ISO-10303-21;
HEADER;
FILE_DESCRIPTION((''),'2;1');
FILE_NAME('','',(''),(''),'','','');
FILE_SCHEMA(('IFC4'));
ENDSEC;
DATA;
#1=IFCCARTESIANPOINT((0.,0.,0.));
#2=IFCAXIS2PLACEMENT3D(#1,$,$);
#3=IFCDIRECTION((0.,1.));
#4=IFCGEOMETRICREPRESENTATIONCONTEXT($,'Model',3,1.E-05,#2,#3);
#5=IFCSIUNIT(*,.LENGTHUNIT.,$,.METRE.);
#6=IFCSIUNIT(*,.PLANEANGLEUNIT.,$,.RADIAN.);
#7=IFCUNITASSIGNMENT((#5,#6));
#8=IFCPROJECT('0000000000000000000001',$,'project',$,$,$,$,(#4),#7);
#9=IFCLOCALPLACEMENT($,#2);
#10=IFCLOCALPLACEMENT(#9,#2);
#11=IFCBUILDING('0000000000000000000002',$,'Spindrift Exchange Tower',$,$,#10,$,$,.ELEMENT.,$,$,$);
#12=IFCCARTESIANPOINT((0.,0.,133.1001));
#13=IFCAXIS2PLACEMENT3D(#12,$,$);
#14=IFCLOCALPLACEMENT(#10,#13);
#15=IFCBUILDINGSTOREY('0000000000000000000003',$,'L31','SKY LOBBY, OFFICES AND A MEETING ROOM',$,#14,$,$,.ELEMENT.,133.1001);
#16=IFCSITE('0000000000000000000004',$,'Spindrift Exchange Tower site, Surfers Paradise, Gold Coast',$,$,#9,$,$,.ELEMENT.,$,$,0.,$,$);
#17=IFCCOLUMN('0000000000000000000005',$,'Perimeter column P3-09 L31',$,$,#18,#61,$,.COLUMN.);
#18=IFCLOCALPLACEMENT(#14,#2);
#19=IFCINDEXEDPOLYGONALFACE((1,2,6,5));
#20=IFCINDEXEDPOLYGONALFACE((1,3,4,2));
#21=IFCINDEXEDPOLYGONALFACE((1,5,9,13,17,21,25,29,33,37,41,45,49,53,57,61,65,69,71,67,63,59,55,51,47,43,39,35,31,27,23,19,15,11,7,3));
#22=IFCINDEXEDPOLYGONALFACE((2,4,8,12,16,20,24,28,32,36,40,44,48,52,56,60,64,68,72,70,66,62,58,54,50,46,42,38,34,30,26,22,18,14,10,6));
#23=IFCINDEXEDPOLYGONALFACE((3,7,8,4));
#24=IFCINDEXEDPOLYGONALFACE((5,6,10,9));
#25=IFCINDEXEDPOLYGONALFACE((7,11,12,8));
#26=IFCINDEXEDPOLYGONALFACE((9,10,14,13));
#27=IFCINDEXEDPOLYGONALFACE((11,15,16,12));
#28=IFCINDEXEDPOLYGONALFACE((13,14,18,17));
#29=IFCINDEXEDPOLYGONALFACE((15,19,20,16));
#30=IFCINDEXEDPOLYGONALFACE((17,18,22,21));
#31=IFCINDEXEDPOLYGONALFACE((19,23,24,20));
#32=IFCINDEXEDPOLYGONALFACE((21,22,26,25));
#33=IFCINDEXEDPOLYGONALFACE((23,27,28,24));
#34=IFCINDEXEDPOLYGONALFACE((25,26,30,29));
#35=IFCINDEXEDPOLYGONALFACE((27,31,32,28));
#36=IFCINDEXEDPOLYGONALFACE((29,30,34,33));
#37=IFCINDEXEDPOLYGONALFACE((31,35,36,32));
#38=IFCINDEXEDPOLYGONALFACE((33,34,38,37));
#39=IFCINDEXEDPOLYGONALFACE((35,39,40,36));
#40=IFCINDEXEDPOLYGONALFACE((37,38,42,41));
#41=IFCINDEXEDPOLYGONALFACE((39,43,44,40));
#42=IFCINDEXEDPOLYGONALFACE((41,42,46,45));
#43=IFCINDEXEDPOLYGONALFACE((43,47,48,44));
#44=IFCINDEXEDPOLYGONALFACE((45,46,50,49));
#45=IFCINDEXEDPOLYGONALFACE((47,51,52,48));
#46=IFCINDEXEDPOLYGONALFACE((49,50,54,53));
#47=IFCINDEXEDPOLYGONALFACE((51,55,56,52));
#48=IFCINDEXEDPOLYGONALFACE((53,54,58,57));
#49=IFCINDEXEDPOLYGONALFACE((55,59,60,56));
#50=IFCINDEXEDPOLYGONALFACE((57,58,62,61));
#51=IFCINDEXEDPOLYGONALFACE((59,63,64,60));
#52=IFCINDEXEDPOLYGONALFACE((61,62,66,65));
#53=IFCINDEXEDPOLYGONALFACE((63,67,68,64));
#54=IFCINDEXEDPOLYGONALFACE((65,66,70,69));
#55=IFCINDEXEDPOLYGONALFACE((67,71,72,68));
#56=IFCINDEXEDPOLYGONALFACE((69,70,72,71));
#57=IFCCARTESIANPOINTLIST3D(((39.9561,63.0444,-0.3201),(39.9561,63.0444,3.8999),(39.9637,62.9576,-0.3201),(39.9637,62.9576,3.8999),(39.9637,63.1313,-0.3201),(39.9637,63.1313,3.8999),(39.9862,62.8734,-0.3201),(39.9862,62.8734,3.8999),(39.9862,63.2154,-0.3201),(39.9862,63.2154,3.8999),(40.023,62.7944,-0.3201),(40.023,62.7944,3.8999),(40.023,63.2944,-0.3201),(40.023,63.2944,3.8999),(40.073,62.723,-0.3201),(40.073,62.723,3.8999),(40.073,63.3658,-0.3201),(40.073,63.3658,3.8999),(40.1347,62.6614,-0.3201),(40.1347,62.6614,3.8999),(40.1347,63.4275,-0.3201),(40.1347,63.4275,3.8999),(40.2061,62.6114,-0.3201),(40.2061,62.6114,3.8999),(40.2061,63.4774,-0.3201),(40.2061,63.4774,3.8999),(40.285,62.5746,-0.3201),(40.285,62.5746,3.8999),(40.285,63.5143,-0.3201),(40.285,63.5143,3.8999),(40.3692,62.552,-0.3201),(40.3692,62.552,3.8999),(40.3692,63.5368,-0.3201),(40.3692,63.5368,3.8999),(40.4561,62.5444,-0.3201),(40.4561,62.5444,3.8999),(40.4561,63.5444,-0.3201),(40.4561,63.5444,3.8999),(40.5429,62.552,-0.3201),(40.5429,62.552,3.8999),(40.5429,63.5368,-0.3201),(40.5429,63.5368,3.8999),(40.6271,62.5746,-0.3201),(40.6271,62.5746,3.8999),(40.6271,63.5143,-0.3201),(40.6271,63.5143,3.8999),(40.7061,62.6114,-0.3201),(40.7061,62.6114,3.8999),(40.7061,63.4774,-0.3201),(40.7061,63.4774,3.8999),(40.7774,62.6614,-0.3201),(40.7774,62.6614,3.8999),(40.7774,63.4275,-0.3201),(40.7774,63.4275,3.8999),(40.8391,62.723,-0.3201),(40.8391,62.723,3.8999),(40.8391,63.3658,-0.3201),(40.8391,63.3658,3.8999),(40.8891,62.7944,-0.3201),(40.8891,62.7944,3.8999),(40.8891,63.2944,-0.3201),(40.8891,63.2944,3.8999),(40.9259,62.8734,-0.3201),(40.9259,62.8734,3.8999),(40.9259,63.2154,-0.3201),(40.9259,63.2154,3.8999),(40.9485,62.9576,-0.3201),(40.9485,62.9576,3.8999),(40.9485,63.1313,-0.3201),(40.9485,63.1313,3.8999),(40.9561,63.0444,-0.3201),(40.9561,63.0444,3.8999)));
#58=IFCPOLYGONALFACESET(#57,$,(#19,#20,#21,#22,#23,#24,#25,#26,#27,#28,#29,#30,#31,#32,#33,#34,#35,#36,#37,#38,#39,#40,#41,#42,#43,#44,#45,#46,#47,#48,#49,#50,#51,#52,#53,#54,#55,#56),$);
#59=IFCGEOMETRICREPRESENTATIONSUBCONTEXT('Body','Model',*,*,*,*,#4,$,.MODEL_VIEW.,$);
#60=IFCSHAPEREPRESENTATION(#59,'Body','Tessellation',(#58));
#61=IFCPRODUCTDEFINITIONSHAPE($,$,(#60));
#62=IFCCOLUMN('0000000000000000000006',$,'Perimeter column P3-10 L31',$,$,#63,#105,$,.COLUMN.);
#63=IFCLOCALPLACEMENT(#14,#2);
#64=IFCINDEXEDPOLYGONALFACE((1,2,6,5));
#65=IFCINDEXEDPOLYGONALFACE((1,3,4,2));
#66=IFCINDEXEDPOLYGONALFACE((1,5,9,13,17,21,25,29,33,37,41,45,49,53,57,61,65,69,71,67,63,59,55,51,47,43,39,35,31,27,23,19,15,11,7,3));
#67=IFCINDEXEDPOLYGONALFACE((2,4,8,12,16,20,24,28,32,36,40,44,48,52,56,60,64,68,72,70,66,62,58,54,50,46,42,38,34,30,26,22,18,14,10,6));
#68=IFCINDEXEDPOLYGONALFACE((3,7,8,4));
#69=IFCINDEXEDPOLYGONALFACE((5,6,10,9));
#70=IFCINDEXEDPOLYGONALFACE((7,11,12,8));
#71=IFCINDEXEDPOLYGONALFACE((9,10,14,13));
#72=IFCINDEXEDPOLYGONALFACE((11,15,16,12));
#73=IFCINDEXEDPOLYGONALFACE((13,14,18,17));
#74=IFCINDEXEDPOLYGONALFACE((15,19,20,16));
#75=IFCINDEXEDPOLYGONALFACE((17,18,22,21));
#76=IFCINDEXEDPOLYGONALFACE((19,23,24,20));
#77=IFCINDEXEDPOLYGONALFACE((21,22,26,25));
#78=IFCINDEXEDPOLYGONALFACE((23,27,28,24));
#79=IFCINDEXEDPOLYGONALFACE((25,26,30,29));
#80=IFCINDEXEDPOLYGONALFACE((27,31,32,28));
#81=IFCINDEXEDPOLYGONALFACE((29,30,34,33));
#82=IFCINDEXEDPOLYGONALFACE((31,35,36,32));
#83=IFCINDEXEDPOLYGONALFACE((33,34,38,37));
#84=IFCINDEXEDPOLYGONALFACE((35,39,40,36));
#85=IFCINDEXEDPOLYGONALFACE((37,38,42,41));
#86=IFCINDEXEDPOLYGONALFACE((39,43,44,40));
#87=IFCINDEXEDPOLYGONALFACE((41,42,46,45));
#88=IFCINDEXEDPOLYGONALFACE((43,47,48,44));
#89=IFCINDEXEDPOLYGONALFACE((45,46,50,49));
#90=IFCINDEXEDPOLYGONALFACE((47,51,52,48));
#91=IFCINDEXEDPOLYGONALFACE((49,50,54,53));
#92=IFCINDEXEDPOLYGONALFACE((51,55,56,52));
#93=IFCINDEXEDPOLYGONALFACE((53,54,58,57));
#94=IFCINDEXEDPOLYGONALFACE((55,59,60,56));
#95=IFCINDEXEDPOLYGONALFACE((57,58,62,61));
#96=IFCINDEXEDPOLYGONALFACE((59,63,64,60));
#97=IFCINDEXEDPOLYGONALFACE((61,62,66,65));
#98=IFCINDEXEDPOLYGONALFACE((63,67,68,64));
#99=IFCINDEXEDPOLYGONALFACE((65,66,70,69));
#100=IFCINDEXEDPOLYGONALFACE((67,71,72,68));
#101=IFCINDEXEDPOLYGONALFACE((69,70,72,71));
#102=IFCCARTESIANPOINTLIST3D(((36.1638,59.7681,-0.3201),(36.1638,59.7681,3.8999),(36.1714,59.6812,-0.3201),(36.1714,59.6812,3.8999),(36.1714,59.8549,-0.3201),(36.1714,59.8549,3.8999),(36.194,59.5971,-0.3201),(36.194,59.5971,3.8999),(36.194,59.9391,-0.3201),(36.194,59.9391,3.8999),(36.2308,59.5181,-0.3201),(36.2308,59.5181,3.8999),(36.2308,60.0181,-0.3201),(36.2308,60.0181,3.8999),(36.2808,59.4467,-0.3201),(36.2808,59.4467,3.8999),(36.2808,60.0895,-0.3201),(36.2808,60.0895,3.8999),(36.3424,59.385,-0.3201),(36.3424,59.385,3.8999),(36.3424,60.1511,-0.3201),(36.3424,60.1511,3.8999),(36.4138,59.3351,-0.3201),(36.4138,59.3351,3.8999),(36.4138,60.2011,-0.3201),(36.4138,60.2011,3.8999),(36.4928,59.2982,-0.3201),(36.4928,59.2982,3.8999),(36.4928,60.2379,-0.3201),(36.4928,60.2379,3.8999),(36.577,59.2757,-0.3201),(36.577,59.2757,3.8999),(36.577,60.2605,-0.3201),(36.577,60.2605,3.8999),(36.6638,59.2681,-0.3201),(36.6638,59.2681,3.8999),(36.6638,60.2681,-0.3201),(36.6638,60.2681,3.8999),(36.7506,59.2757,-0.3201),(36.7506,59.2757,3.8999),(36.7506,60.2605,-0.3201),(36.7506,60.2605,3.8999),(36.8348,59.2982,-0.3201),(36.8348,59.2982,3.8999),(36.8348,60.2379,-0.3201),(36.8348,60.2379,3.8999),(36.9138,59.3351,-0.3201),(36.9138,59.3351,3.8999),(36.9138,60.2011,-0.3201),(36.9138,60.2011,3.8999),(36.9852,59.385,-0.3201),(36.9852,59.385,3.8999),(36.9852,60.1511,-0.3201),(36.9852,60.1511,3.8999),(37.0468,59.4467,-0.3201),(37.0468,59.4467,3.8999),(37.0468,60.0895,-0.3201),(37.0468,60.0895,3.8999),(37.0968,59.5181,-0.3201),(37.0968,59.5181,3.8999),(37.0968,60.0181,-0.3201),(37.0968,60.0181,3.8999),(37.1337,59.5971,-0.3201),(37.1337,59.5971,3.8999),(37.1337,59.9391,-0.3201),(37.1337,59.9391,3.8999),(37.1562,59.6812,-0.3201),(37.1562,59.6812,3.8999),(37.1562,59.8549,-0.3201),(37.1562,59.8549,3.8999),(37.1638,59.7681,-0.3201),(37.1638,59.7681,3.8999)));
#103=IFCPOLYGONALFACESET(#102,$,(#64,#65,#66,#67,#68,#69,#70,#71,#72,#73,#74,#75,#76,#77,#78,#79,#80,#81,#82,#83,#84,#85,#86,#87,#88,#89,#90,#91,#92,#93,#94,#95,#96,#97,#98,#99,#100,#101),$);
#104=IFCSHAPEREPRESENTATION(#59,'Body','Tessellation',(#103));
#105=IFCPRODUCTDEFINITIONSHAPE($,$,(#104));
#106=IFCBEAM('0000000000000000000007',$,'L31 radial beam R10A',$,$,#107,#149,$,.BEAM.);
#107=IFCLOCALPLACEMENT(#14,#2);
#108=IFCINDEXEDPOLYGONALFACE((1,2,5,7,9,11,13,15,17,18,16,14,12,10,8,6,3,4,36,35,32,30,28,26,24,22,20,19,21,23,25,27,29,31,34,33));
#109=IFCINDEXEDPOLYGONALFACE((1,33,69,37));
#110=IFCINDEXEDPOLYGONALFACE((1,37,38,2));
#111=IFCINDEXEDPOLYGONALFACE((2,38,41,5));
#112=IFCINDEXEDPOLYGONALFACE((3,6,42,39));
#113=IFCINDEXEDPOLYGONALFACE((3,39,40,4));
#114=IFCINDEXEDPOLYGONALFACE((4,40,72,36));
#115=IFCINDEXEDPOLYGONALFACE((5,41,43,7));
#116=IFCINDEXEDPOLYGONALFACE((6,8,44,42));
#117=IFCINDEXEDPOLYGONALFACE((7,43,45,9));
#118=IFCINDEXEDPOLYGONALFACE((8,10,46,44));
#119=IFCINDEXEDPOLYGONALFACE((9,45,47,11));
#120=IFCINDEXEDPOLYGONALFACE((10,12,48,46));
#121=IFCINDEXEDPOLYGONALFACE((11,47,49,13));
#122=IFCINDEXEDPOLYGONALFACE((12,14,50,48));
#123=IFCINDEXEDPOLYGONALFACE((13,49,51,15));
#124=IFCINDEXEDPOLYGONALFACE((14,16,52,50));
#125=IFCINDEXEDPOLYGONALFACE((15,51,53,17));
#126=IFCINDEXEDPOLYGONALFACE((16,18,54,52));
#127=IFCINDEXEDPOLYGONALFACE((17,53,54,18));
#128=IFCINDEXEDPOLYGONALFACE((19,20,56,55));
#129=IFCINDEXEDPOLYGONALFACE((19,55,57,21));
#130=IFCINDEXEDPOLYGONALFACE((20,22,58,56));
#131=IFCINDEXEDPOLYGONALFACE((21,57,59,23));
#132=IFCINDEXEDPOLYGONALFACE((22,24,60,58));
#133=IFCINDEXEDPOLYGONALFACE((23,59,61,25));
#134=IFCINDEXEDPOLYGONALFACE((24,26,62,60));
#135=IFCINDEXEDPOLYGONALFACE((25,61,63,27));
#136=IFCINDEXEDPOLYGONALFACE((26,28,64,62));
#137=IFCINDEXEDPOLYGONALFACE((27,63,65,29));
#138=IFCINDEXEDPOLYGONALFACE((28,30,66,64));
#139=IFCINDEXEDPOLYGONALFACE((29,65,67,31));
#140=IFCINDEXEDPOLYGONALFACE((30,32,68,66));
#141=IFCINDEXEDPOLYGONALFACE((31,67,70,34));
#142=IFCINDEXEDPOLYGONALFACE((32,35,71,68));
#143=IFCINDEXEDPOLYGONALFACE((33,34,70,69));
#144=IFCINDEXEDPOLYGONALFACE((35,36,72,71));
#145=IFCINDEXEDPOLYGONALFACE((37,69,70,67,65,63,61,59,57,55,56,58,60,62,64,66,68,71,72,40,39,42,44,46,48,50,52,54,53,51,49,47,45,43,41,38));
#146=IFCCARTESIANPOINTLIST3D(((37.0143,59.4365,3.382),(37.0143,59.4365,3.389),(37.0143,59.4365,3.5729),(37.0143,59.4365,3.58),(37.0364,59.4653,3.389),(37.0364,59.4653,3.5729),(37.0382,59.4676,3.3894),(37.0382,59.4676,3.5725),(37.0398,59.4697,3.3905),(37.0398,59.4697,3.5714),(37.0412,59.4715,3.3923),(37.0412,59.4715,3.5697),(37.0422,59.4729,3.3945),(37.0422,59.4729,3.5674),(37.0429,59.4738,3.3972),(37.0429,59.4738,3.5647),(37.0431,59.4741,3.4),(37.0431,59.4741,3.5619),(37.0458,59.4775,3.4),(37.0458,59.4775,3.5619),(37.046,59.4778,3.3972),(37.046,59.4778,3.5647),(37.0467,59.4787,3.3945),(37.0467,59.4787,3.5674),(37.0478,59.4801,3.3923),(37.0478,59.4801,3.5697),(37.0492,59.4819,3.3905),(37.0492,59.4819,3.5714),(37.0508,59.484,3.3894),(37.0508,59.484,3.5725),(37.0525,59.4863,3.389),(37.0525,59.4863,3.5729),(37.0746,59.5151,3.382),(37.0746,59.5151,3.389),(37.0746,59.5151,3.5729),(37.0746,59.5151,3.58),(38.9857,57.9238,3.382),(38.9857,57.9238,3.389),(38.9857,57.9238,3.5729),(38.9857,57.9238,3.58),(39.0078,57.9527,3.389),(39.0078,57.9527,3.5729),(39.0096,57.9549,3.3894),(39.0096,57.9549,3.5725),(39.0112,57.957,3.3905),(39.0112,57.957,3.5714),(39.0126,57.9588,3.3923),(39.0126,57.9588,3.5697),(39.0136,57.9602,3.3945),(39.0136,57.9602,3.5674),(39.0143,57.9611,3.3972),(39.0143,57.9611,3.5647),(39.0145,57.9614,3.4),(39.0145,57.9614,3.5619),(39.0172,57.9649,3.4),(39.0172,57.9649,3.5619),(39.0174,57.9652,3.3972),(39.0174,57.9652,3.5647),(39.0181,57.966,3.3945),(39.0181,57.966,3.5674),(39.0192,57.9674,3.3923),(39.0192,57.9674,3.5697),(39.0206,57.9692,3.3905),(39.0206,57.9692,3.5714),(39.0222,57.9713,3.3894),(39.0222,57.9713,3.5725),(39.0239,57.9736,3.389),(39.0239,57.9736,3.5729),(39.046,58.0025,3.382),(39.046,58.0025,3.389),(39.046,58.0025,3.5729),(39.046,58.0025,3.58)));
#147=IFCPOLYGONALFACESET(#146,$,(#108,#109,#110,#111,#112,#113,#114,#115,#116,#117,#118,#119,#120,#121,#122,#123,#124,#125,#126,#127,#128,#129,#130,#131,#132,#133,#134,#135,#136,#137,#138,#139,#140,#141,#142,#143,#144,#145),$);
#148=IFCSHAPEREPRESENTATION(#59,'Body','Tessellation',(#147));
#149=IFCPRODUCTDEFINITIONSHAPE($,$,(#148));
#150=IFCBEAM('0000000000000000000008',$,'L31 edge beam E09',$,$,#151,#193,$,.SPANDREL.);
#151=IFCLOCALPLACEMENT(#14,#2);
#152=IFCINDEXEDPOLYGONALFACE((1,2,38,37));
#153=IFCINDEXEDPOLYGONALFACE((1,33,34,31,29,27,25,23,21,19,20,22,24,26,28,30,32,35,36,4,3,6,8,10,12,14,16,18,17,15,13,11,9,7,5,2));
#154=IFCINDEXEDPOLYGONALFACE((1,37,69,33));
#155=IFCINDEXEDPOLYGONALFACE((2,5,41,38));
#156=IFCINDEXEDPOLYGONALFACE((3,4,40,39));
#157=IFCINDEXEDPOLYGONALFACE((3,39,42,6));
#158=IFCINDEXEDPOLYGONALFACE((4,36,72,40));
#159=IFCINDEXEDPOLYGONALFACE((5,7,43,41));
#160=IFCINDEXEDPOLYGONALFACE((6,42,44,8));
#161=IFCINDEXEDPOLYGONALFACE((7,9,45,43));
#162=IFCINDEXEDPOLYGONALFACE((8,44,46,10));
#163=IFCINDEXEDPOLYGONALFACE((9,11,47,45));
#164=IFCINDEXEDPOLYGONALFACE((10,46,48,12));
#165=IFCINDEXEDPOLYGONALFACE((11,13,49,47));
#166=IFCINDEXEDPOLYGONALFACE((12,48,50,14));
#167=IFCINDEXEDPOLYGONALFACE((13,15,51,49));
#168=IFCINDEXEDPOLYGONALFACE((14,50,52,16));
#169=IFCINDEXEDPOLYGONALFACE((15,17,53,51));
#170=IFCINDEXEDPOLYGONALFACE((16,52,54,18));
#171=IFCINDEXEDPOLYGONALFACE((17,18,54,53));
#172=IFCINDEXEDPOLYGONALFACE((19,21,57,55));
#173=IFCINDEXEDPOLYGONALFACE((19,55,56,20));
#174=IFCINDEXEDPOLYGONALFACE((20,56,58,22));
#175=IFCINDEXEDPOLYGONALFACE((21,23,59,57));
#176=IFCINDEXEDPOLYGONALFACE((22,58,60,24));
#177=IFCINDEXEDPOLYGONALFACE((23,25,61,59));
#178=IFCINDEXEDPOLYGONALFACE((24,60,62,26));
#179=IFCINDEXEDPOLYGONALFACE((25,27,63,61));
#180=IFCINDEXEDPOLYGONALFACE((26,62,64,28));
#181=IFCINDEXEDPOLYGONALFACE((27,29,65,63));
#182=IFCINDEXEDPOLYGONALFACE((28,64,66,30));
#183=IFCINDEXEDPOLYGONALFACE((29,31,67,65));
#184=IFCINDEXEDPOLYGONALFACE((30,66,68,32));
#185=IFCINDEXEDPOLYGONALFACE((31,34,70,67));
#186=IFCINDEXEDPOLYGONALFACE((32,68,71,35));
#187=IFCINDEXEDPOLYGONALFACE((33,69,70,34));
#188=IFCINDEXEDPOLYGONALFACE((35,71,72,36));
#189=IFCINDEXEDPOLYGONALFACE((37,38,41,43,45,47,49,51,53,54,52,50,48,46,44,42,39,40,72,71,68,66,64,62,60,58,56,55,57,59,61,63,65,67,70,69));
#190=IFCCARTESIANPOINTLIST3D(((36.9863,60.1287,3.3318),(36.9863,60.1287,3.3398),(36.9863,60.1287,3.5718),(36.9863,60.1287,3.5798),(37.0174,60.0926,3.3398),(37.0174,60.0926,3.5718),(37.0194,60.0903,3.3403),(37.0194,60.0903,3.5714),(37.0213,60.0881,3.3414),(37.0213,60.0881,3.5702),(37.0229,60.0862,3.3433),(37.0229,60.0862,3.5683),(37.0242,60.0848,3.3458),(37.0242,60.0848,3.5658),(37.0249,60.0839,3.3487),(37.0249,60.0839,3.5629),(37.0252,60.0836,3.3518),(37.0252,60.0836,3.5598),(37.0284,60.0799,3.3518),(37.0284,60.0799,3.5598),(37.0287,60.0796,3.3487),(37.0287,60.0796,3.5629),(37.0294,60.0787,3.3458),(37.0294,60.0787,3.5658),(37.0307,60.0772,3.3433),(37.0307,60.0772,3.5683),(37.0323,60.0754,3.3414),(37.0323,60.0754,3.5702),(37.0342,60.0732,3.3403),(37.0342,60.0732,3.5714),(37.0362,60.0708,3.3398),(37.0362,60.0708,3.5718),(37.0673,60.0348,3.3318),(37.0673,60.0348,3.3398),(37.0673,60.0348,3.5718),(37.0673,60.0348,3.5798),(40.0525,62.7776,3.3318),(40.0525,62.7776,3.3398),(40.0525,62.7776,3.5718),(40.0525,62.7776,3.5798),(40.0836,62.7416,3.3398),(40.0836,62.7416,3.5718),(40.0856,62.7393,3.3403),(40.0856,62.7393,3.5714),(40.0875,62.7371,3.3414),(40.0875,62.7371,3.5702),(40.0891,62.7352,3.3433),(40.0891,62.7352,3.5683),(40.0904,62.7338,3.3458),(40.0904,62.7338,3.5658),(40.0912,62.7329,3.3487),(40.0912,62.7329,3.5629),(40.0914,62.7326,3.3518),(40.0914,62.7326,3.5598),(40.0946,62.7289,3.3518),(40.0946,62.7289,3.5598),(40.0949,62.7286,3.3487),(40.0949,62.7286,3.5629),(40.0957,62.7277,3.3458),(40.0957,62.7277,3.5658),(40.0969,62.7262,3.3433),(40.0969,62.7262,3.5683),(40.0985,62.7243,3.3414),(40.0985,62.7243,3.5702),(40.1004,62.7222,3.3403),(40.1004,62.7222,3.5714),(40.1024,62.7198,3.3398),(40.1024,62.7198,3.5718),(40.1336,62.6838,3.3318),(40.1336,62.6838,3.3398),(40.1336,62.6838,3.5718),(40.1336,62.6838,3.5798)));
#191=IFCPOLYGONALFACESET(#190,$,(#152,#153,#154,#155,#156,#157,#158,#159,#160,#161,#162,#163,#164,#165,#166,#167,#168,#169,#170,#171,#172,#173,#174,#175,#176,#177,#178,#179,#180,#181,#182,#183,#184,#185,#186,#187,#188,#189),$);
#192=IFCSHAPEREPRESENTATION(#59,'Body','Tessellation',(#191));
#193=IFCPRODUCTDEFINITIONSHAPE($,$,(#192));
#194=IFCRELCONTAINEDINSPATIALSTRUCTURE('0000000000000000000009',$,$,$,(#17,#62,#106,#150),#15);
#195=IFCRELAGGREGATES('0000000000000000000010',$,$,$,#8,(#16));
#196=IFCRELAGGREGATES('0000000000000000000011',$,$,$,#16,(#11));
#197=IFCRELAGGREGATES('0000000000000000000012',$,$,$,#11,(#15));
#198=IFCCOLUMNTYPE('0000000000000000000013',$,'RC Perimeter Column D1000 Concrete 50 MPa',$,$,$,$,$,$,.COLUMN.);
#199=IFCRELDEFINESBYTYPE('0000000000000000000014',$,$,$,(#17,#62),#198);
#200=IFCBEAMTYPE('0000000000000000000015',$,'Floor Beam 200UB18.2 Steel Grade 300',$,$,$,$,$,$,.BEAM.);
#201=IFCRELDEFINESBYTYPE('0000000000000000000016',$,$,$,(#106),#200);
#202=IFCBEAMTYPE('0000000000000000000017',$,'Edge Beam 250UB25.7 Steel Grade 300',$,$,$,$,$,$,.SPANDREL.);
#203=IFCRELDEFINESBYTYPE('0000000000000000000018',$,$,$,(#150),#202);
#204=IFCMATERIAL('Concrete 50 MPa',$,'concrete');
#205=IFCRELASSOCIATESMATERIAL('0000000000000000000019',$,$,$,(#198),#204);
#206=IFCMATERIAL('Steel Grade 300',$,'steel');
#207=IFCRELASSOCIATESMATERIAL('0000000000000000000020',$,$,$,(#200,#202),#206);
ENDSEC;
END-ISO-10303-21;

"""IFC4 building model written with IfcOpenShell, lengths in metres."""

from ifc_helpers import new_model, si_unit, direction, frame, origin, origin_2d, place, context, subcontext, project, spatial, circle, i_section, extrude, source, transform, mapped, material, material_profile, profile_set, type_object, element, save


model = new_model("IFC4")

# Units and contexts
model_context = context("Model", 3, precision=1e-05, world=origin(), true_north=direction((0.0, 1.0)))
body_context = subcontext(model_context, "Body", "Model", "MODEL_VIEW")
ifc_project = project(units=[si_unit("LENGTHUNIT", "METRE"), si_unit("PLANEANGLEUNIT", "RADIAN")], contexts=[model_context])

# Site, building, storey
site_placement = place(None, origin())
site = spatial("IfcSite", under=ifc_project, at=site_placement, Name="Spindrift Exchange Tower site, Surfers Paradise, Gold Coast", CompositionType="ELEMENT", RefElevation=0.0)
building_placement = place(site_placement, origin())
building = spatial("IfcBuilding", under=site, at=building_placement, Name="Spindrift Exchange Tower", CompositionType="ELEMENT")
storey_placement = place(building_placement, frame((0.0, 0.0, 133.1001)))
storey = spatial("IfcBuildingStorey", under=building, at=storey_placement, Name="L31", Description="SKY LOBBY, OFFICES AND A MEETING ROOM", CompositionType="ELEMENT", Elevation=133.1001)

# Columns
ifc_material_1 = material(Name="Concrete 50 MPa", Category="concrete")
ifc_material_profile_1 = material_profile(ifc_material_1, circle(Radius=0.5, at=origin_2d()), Name="RC D1000")
ifc_profile_set_1 = profile_set([ifc_material_profile_1], Name="Concrete 50 MPa")
column_type = type_object("IfcColumnType", Name="RC Perimeter Column D1000 Concrete 50 MPa", PredefinedType="COLUMN", material=ifc_profile_set_1)
shared_shape_1 = source(origin(), body_context, "Body", "SweptSolid", [
    extrude(circle(Radius=0.5, at=origin_2d()), origin(), (0.0, 0.0, 1.0), 4.22),
])
for number, where, z_axis, x_axis, name in (
    (1, (40.4561, 63.0444, -0.3201), (0.0, 0.0, 1.0), (1.0, 0.0, 0.0), "Perimeter column P3-09 L31"),
    (2, (36.6638, 59.7681, -0.3201), (0.0, 0.0, 1.0), (1.0, 0.0, 0.0), "Perimeter column P3-10 L31"),
):
    element("IfcColumn", number, at=place(storey_placement, frame(where, z_axis=z_axis, x_axis=x_axis)), inside=storey, type_object=column_type, Name=name, PredefinedType="COLUMN", context=body_context, shape_type="MappedRepresentation", body=[
        mapped(shared_shape_1, transform((0.0, 0.0, 0.0), scale=1.0)),
    ])

# Beams
ifc_material_2 = material(Name="Steel Grade 300", Category="steel")
ifc_material_profile_2 = material_profile(ifc_material_2, i_section(OverallWidth=0.0991, OverallDepth=0.198, WebThickness=0.0044, FlangeThickness=0.0071, FilletRadius=0.011, at=origin_2d()), Name="200UB18.2")
ifc_profile_set_2 = profile_set([ifc_material_profile_2], Name="Steel Grade 300")
beam_type_1 = type_object("IfcBeamType", Name="Floor Beam 200UB18.2 Steel Grade 300", PredefinedType="BEAM", material=ifc_profile_set_2)
shared_shape_2 = source(origin(), body_context, "Body", "SweptSolid", [
    extrude(i_section(OverallWidth=0.0991, OverallDepth=0.198, WebThickness=0.0044, FlangeThickness=0.0071, FilletRadius=0.011, at=origin_2d()), origin(), (0.0, 0.0, 1.0), 2.4849),
])
beam_1_placement = place(storey_placement, frame((39.0159, 57.9631, 3.481), z_axis=(-0.793361, 0.608751, 0.0), x_axis=(-0.608751, -0.793361, 0.0)))
element("IfcBeam", 3, at=beam_1_placement, inside=storey, type_object=beam_type_1, Name="L31 radial beam R10A", PredefinedType="BEAM", context=body_context, shape_type="MappedRepresentation", body=[
    mapped(shared_shape_2, transform((0.0, 0.0, 0.0), scale=1.0)),
])
ifc_material_profile_3 = material_profile(ifc_material_2, i_section(OverallWidth=0.124, OverallDepth=0.248, WebThickness=0.0049, FlangeThickness=0.0081, FilletRadius=0.012, at=origin_2d()), Name="250UB25.7")
ifc_profile_set_3 = profile_set([ifc_material_profile_3], Name="Steel Grade 300")
beam_type_2 = type_object("IfcBeamType", Name="Edge Beam 250UB25.7 Steel Grade 300", PredefinedType="SPANDREL", material=ifc_profile_set_3)
shared_shape_3 = source(origin(), body_context, "Body", "SweptSolid", [
    extrude(i_section(OverallWidth=0.124, OverallDepth=0.248, WebThickness=0.0049, FlangeThickness=0.0081, FilletRadius=0.012, at=origin_2d()), origin(), (0.0, 0.0, 1.0), 4.052),
])
beam_2_placement = place(storey_placement, frame((40.093, 62.7307, 3.4558), z_axis=(-0.756716, -0.653744, 0.0), x_axis=(0.653744, -0.756716, 0.0)))
element("IfcBeam", 4, at=beam_2_placement, inside=storey, type_object=beam_type_2, Name="L31 edge beam E09", PredefinedType="SPANDREL", context=body_context, shape_type="MappedRepresentation", body=[
    mapped(shared_shape_3, transform((0.0, 0.0, 0.0), scale=1.0)),
])

save(model, "model.ifc")
